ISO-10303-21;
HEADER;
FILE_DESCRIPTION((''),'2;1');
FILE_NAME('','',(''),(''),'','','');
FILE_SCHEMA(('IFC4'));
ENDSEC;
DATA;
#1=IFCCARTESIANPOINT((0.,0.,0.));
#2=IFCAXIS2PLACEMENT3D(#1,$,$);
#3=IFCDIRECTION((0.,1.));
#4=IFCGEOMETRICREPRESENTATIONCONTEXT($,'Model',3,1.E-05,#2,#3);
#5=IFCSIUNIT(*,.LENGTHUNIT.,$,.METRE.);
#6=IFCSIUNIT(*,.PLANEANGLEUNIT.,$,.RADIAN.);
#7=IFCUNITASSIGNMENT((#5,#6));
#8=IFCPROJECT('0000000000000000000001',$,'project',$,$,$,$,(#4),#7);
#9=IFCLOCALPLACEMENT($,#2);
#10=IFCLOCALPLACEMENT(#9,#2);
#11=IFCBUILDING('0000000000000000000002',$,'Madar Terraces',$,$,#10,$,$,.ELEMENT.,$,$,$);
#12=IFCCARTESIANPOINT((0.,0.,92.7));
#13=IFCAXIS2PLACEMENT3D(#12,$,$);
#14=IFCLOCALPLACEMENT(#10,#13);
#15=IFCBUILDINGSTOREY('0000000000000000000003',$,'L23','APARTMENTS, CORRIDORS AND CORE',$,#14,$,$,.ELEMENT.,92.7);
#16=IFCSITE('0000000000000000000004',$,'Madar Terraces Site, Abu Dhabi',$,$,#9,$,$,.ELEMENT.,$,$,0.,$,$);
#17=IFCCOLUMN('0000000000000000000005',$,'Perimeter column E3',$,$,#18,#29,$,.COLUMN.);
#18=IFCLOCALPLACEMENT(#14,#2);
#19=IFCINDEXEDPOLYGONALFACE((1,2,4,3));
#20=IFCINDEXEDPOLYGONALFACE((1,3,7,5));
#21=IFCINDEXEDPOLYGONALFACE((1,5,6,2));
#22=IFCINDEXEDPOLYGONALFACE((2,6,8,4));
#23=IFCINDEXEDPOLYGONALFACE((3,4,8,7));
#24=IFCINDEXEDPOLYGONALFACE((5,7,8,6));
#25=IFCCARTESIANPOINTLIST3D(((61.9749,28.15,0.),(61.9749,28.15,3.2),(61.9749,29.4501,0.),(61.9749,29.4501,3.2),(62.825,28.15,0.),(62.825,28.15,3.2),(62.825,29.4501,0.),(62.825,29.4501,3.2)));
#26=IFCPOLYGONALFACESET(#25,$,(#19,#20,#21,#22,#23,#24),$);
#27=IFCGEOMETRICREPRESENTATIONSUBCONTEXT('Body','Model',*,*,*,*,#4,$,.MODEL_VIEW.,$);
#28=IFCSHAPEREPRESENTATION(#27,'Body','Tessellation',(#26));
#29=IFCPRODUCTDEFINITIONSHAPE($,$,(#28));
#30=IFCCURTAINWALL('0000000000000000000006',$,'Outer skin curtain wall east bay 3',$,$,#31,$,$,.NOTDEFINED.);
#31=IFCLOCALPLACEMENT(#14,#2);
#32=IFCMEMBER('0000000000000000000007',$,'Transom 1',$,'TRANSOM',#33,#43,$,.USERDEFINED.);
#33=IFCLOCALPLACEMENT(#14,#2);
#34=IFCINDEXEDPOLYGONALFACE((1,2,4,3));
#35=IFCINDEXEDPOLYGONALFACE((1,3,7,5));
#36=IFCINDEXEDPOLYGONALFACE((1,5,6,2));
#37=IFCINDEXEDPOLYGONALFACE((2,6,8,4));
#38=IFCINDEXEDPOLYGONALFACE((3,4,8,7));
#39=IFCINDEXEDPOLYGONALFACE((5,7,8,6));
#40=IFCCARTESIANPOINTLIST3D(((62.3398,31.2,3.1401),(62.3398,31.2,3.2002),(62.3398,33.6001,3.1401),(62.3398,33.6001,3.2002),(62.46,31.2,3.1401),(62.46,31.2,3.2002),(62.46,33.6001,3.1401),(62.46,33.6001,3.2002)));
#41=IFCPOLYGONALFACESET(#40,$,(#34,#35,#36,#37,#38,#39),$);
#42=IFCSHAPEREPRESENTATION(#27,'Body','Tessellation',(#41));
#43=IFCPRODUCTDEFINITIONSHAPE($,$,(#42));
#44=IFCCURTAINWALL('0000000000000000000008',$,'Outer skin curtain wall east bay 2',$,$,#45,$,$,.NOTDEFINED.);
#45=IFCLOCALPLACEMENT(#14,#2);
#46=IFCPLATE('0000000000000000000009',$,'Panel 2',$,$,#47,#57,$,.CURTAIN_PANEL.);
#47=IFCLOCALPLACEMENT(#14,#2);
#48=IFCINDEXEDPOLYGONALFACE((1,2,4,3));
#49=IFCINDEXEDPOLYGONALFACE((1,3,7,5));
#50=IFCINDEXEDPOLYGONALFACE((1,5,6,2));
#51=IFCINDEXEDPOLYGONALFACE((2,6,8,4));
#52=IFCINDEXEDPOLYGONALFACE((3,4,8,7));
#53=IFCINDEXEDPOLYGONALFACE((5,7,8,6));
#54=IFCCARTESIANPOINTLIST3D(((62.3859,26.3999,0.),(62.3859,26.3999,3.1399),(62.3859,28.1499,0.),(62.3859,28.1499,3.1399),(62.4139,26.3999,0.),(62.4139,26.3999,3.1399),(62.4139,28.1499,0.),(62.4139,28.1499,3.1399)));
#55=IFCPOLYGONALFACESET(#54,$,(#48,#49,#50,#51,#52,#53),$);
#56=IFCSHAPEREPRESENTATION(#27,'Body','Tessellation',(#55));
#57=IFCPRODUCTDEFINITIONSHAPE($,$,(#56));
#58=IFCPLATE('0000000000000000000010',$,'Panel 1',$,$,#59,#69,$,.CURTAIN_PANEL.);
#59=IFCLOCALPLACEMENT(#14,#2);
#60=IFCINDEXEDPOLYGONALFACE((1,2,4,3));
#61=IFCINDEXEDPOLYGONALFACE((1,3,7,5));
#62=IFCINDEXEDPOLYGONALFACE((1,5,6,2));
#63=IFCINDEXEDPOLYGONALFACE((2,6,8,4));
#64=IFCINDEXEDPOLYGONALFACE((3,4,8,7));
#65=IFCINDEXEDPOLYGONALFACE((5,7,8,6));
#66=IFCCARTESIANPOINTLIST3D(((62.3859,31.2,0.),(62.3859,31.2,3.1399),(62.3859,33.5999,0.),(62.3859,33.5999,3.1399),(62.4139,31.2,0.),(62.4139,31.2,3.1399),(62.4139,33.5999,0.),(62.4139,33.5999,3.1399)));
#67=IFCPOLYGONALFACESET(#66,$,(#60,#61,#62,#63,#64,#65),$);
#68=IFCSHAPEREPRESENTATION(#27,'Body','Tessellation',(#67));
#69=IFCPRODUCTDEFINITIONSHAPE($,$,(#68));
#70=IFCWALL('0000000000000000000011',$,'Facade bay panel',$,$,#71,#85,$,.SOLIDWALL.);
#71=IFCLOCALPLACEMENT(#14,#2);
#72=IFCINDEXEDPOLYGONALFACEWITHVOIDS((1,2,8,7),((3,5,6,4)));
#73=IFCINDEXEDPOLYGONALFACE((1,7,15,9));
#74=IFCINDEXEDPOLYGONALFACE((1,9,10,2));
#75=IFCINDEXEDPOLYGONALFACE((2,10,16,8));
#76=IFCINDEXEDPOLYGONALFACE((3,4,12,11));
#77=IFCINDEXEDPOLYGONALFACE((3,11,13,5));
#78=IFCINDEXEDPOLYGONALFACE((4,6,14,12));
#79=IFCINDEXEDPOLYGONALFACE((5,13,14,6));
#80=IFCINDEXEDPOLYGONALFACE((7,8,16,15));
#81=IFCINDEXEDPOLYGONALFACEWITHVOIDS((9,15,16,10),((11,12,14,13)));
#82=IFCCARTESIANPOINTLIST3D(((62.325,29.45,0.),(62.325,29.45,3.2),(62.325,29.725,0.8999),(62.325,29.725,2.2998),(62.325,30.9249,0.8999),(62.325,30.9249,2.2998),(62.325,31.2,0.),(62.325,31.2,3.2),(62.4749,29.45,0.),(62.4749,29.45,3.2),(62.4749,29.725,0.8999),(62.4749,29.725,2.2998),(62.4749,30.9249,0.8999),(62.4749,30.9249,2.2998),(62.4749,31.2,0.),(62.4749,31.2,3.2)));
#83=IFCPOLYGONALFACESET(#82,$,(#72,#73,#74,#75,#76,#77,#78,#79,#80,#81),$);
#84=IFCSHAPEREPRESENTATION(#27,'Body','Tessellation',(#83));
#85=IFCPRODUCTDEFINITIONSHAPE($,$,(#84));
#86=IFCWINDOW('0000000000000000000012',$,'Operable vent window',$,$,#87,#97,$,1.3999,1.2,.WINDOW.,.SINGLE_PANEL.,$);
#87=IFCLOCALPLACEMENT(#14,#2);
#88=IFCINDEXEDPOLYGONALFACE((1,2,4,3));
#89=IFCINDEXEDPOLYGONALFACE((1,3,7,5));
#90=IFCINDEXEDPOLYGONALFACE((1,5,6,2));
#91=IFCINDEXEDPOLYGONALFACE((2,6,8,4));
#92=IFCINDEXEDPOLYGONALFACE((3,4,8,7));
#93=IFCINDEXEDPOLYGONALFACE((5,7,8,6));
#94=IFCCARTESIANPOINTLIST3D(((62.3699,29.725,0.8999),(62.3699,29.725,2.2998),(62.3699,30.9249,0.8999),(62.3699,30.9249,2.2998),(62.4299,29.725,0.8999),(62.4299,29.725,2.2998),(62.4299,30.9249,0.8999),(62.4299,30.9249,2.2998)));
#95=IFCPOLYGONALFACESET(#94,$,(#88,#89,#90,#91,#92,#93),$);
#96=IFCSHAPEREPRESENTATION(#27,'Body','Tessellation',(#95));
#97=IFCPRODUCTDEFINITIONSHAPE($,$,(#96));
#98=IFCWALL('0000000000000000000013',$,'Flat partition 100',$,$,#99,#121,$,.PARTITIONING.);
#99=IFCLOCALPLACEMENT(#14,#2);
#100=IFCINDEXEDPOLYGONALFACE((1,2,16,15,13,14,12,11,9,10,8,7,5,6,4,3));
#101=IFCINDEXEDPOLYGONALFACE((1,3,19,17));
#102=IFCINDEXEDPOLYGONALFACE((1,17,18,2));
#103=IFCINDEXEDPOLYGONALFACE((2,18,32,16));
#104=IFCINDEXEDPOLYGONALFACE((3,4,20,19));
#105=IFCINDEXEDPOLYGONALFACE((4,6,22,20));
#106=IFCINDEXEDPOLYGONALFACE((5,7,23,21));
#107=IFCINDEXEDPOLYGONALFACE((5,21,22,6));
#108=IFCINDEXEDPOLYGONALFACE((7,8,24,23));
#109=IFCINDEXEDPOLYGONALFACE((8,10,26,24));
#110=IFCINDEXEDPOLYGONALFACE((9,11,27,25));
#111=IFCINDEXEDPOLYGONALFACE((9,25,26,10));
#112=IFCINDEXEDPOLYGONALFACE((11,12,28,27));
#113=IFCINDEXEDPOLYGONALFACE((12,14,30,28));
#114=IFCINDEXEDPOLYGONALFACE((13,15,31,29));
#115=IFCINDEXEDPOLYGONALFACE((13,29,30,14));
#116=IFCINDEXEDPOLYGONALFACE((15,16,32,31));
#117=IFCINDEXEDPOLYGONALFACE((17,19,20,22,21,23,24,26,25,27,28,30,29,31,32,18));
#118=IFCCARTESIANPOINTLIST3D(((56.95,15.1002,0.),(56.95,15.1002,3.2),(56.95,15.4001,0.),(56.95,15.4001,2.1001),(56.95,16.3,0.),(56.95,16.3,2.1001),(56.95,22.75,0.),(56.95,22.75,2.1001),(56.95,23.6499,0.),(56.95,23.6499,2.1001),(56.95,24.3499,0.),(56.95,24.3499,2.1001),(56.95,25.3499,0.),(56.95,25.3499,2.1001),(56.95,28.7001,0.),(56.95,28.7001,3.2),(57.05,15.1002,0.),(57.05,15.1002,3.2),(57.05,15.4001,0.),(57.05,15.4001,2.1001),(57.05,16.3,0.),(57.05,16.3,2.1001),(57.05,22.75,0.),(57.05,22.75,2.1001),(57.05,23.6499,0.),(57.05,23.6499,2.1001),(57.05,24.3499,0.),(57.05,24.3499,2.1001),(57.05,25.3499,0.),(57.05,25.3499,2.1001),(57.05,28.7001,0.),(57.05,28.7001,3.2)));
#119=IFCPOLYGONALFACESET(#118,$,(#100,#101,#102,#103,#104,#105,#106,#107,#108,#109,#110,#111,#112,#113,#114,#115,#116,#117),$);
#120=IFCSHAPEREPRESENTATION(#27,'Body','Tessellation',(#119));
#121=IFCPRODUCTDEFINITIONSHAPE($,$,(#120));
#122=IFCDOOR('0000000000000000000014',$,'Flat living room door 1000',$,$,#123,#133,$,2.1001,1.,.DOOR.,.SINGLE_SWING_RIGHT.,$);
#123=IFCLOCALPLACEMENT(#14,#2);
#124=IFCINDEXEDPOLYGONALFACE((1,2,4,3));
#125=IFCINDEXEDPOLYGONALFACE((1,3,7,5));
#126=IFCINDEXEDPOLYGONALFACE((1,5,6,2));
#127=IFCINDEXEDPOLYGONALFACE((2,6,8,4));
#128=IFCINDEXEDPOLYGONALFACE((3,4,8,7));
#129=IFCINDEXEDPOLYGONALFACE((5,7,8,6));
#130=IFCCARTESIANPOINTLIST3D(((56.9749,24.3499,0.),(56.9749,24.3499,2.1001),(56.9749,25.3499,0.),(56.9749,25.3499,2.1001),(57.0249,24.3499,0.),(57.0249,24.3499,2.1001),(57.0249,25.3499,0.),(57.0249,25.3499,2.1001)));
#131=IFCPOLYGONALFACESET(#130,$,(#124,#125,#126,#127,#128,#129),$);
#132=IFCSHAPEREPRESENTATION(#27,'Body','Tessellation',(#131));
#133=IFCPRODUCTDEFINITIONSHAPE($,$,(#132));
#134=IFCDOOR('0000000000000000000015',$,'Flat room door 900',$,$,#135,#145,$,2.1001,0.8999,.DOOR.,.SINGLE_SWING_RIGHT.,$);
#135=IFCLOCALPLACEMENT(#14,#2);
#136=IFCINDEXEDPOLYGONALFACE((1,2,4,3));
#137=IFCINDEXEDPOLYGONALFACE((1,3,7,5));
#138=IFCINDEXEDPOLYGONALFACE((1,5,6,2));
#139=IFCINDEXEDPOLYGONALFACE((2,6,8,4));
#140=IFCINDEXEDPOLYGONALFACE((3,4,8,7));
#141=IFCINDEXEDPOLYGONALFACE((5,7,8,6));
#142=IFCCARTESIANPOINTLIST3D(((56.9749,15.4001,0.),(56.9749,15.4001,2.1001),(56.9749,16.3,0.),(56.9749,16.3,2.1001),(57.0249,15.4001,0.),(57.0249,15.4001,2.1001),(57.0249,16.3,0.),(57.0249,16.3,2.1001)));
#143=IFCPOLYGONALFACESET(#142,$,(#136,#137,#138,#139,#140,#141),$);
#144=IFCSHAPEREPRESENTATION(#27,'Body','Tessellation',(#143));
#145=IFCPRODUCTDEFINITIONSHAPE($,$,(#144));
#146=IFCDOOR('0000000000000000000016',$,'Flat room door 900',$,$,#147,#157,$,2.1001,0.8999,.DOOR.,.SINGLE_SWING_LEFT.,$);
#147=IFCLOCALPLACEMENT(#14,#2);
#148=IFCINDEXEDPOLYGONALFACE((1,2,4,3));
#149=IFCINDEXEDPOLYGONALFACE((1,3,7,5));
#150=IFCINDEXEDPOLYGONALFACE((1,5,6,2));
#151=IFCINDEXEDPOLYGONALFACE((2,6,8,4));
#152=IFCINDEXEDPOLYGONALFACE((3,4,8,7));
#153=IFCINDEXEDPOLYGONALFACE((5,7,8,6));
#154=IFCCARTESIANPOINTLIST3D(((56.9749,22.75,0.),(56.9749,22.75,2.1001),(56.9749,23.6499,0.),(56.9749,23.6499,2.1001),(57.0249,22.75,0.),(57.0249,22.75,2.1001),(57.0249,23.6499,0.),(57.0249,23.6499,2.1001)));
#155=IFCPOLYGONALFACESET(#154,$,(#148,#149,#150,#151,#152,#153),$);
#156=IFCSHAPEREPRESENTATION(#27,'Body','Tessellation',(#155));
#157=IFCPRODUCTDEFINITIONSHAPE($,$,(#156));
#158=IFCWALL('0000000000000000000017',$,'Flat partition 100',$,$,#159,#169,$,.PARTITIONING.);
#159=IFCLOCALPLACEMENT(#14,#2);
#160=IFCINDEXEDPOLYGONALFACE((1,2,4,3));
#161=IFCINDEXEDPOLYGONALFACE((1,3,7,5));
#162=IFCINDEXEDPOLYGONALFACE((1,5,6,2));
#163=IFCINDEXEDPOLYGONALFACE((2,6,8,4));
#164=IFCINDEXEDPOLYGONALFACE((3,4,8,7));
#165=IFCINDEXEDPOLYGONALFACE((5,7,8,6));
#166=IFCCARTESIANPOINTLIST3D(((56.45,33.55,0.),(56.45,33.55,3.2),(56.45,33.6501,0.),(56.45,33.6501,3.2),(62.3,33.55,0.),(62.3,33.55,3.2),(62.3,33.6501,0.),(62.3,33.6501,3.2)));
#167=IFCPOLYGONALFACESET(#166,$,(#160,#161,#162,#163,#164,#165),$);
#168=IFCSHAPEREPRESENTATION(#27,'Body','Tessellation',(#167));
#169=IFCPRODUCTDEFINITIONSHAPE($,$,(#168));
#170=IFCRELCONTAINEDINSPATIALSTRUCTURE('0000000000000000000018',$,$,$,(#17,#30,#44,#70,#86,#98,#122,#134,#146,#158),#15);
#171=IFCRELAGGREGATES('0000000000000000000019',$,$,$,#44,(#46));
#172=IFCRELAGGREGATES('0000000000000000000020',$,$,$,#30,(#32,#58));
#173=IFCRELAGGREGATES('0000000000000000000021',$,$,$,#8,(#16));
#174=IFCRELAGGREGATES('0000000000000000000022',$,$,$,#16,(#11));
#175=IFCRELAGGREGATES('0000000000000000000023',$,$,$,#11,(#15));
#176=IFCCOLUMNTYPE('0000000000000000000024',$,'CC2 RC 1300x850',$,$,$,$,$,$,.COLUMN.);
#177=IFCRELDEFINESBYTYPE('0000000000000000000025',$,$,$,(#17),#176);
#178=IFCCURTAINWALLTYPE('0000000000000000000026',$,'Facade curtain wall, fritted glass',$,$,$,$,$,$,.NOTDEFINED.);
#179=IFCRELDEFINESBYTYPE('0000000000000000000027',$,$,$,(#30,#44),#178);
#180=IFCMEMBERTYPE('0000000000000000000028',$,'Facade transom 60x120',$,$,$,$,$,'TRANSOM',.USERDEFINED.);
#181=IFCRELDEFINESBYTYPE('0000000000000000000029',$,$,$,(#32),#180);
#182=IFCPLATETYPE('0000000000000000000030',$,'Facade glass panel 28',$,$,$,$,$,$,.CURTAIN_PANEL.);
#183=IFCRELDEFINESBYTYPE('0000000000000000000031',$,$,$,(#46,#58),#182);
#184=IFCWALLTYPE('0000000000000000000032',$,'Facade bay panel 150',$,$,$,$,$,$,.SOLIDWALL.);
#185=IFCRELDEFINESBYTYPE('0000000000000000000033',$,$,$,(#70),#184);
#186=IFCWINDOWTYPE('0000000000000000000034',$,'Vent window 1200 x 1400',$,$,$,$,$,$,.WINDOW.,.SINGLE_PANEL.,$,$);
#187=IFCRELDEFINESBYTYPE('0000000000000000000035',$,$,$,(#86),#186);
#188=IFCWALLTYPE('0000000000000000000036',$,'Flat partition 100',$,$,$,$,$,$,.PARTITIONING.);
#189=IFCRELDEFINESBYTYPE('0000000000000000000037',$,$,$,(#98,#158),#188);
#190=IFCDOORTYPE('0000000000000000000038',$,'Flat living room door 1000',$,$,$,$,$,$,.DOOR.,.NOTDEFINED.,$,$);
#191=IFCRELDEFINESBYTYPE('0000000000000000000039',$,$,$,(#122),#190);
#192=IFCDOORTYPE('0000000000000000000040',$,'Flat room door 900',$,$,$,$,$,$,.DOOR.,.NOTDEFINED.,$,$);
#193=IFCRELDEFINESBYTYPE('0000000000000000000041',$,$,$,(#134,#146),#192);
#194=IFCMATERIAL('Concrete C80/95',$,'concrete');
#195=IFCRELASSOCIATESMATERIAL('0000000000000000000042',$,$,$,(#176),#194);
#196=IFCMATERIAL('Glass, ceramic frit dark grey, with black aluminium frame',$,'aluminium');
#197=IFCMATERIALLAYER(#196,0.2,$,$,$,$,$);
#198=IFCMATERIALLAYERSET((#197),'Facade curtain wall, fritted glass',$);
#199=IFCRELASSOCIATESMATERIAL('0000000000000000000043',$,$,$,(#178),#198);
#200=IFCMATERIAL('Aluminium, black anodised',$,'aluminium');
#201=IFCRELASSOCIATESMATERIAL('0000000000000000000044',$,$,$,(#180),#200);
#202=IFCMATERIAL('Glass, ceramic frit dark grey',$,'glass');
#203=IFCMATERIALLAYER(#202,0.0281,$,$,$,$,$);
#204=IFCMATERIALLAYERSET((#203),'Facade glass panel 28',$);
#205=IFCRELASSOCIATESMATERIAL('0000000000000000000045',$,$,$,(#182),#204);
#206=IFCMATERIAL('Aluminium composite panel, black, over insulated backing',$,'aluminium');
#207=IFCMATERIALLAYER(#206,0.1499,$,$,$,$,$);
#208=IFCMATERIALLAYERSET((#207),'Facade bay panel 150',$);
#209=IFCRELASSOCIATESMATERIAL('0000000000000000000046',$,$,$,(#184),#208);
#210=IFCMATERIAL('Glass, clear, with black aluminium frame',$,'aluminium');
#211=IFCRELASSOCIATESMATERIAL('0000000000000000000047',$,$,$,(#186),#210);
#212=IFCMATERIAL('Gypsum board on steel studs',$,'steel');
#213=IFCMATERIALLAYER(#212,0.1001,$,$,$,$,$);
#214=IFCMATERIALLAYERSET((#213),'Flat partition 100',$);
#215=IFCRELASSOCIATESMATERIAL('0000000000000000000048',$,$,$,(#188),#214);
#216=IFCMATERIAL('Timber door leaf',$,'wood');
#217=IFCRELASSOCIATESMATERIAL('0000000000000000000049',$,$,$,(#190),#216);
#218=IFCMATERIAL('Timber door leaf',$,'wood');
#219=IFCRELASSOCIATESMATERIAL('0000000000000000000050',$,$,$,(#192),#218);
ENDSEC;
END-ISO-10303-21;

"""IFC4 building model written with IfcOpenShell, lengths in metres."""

from ifc_helpers import new_model, si_unit, direction, frame, frame_2d, origin, origin_2d, place, context, subcontext, project, spatial, rectangle, extrude, material, layer, layer_set, material_profile, profile_set, type_object, element, fill, aggregate, save


model = new_model("IFC4")

# Units and contexts
model_context = context("Model", 3, precision=1e-05, world=origin(), true_north=direction((0.0, 1.0)))
body_context = subcontext(model_context, "Body", "Model", "MODEL_VIEW")
ifc_project = project(units=[si_unit("LENGTHUNIT", "METRE"), si_unit("PLANEANGLEUNIT", "RADIAN")], contexts=[model_context])

# Site, building, storey
site_placement = place(None, origin())
site = spatial("IfcSite", under=ifc_project, at=site_placement, Name="Madar Terraces Site, Abu Dhabi", CompositionType="ELEMENT", RefElevation=0.0)
building_placement = place(site_placement, origin())
building = spatial("IfcBuilding", under=site, at=building_placement, Name="Madar Terraces", CompositionType="ELEMENT")
storey_placement = place(building_placement, frame((0.0, 0.0, 92.7)))
storey = spatial("IfcBuildingStorey", under=building, at=storey_placement, Name="L23", Description="APARTMENTS, CORRIDORS AND CORE", CompositionType="ELEMENT", Elevation=92.7)

# Column
ifc_material_1 = material(Name="Concrete C80/95", Category="concrete")
ifc_material_profile_1 = material_profile(ifc_material_1, rectangle(XDim=1.3, YDim=0.8501, at=origin_2d()), Name="CC2 RC 1300x850")
ifc_profile_set_1 = profile_set([ifc_material_profile_1], Name="Concrete C80/95")
column_type = type_object("IfcColumnType", Name="CC2 RC 1300x850", PredefinedType="COLUMN", material=ifc_profile_set_1)
column_placement = place(storey_placement, frame((62.3999, 28.8, 0.0), z_axis=(0.0, 0.0, 1.0), x_axis=(0.0, 1.0, 0.0)))
element("IfcColumn", 1, at=column_placement, inside=storey, type_object=column_type, Name="Perimeter column E3", PredefinedType="COLUMN", context=body_context, shape_type="SweptSolid", body=[
    extrude(rectangle(XDim=1.3, YDim=0.8501, at=origin_2d()), origin(), (0.0, 0.0, 1.0), 3.2),
])

# Curtain wall, member
ifc_material_2 = material(Name="Glass, ceramic frit dark grey, with black aluminium frame", Category="aluminium")
ifc_layer_1 = layer(ifc_material_2, 0.2)
ifc_layer_set_1 = layer_set([ifc_layer_1], Name="Facade curtain wall, fritted glass")
curtain_wall_type = type_object("IfcCurtainWallType", Name="Facade curtain wall, fritted glass", PredefinedType="NOTDEFINED", material=ifc_layer_set_1)
curtain_wall_1_placement = place(storey_placement, origin())
curtain_wall_1 = element("IfcCurtainWall", 2, at=curtain_wall_1_placement, inside=storey, type_object=curtain_wall_type, Name="Outer skin curtain wall east bay 3", PredefinedType="NOTDEFINED")
ifc_material_3 = material(Name="Aluminium, black anodised", Category="aluminium")
ifc_material_profile_2 = material_profile(ifc_material_3, rectangle(XDim=0.1201, YDim=0.0601, at=origin_2d()), Name="Facade transom 60x120")
ifc_profile_set_2 = profile_set([ifc_material_profile_2], Name="Aluminium, black anodised")
member_type = type_object("IfcMemberType", Name="Facade transom 60x120", ElementType="TRANSOM", PredefinedType="USERDEFINED", material=ifc_profile_set_2)
member_placement = place(storey_placement, frame((62.3999, 31.2, 3.1702), z_axis=(0.0, 1.0, 0.0), x_axis=(-1.0, 0.0, 0.0)))
member = element("IfcMember", 3, at=member_placement, type_object=member_type, Name="Transom 1", ObjectType="TRANSOM", PredefinedType="USERDEFINED", context=body_context, shape_type="SweptSolid", body=[
    extrude(rectangle(XDim=0.1201, YDim=0.0601, at=origin_2d()), origin(), (0.0, 0.0, 1.0), 2.4001),
])

# Curtain wall, plate
curtain_wall_2_placement = place(storey_placement, origin())
curtain_wall_2 = element("IfcCurtainWall", 4, at=curtain_wall_2_placement, inside=storey, type_object=curtain_wall_type, Name="Outer skin curtain wall east bay 2", PredefinedType="NOTDEFINED")
ifc_material_4 = material(Name="Glass, ceramic frit dark grey", Category="glass")
ifc_layer_2 = layer(ifc_material_4, 0.0281)
ifc_layer_set_2 = layer_set([ifc_layer_2], Name="Facade glass panel 28")
plate_type = type_object("IfcPlateType", Name="Facade glass panel 28", PredefinedType="CURTAIN_PANEL", material=ifc_layer_set_2)
plate_1_placement = place(storey_placement, frame((62.3999, 27.2749, 0.0), z_axis=(0.0, 0.0, 1.0), x_axis=(0.0, 1.0, 0.0)))
plate_1 = element("IfcPlate", 5, at=plate_1_placement, type_object=plate_type, Name="Panel 2", PredefinedType="CURTAIN_PANEL", context=body_context, shape_type="SweptSolid", body=[
    extrude(rectangle(XDim=1.75, YDim=0.0281, at=origin_2d()), origin(), (0.0, 0.0, 1.0), 3.1399),
])
aggregate(curtain_wall_2, [plate_1])

# Plate
plate_2_placement = place(storey_placement, frame((62.3999, 32.3999, 0.0), z_axis=(0.0, 0.0, 1.0), x_axis=(0.0, 1.0, 0.0)))
plate_2 = element("IfcPlate", 6, at=plate_2_placement, type_object=plate_type, Name="Panel 1", PredefinedType="CURTAIN_PANEL", context=body_context, shape_type="SweptSolid", body=[
    extrude(rectangle(XDim=2.3999, YDim=0.0281, at=origin_2d()), origin(), (0.0, 0.0, 1.0), 3.1399),
])
aggregate(curtain_wall_1, [member, plate_2])

# Wall, opening, window
ifc_material_5 = material(Name="Aluminium composite panel, black, over insulated backing", Category="aluminium")
ifc_layer_3 = layer(ifc_material_5, 0.1499)
ifc_layer_set_3 = layer_set([ifc_layer_3], Name="Facade bay panel 150")
wall_type_1 = type_object("IfcWallType", Name="Facade bay panel 150", PredefinedType="SOLIDWALL", material=ifc_layer_set_3)
wall_1_placement = place(storey_placement, frame((62.3999, 29.45, 0.0), z_axis=(0.0, 0.0, 1.0), x_axis=(0.0, 1.0, 0.0)))
wall_1 = element("IfcWall", 7, at=wall_1_placement, inside=storey, type_object=wall_type_1, Name="Facade bay panel", PredefinedType="SOLIDWALL", context=body_context, shape_type="SweptSolid", body=[
    extrude(rectangle(XDim=1.75, YDim=0.1499, at=frame_2d((0.875, 0.0))), origin(), (0.0, 0.0, 1.0), 3.2),
])
opening_1_placement = place(wall_1_placement, frame((0.2749, 0.0, 0.8999)))
opening_1 = element("IfcOpeningElement", 8, at=opening_1_placement, cuts=wall_1, PredefinedType="OPENING", context=body_context, shape_type="SweptSolid", body=[
    extrude(rectangle(XDim=1.2, YDim=1.3999, at=frame_2d((0.6001, 0.7))), frame((0.0, 0.085, 0.0), z_axis=(0.0, -1.0, 0.0), x_axis=(1.0, 0.0, 0.0)), (0.0, 0.0, 1.0), 0.1699),
])
ifc_material_6 = material(Name="Glass, clear, with black aluminium frame", Category="aluminium")
window_type = type_object("IfcWindowType", Name="Vent window 1200 x 1400", PartitioningType="SINGLE_PANEL", PredefinedType="WINDOW", material=ifc_material_6)
window_placement = place(opening_1_placement, origin())
window = element("IfcWindow", 9, at=window_placement, inside=storey, type_object=window_type, Name="Operable vent window", OverallHeight=1.3999, OverallWidth=1.2, PartitioningType="SINGLE_PANEL", PredefinedType="WINDOW", context=body_context, shape_type="SweptSolid", body=[
    extrude(rectangle(XDim=1.2, YDim=1.3999, at=frame_2d((0.6001, 0.7))), frame((0.0, 0.03, 0.0), z_axis=(0.0, -1.0, 0.0), x_axis=(1.0, 0.0, 0.0)), (0.0, 0.0, 1.0), 0.0601),
])
fill(opening_1, window)

# Wall, openings, doors
ifc_material_7 = material(Name="Gypsum board on steel studs", Category="steel")
ifc_layer_4 = layer(ifc_material_7, 0.1001)
ifc_layer_set_4 = layer_set([ifc_layer_4], Name="Flat partition 100")
wall_type_2 = type_object("IfcWallType", Name="Flat partition 100", PredefinedType="PARTITIONING", material=ifc_layer_set_4)
wall_2_placement = place(storey_placement, frame((57.0, 28.7, 0.0), z_axis=(0.0, 0.0, 1.0), x_axis=(0.0, -1.0, 0.0)))
wall_2 = element("IfcWall", 10, at=wall_2_placement, inside=storey, type_object=wall_type_2, Name="Flat partition 100", PredefinedType="PARTITIONING", context=body_context, shape_type="SweptSolid", body=[
    extrude(rectangle(XDim=13.5999, YDim=0.1001, at=frame_2d((6.7998, 0.0))), origin(), (0.0, 0.0, 1.0), 3.2),
])
opening_2_placement = place(wall_2_placement, frame((12.3999, 0.0, 0.0)))
opening_2 = element("IfcOpeningElement", 11, at=opening_2_placement, cuts=wall_2, PredefinedType="OPENING", context=body_context, shape_type="SweptSolid", body=[
    extrude(rectangle(XDim=0.8999, YDim=2.1001, at=frame_2d((0.45, 1.05))), frame((0.0, 0.0601, 0.0), z_axis=(0.0, -1.0, 0.0), x_axis=(1.0, 0.0, 0.0)), (0.0, 0.0, 1.0), 0.1201),
])
opening_3_placement = place(wall_2_placement, frame((5.05, 0.0, 0.0)))
opening_3 = element("IfcOpeningElement", 12, at=opening_3_placement, cuts=wall_2, PredefinedType="OPENING", context=body_context, shape_type="SweptSolid", body=[
    extrude(rectangle(XDim=0.8999, YDim=2.1001, at=frame_2d((0.45, 1.05))), frame((0.0, 0.0601, 0.0), z_axis=(0.0, -1.0, 0.0), x_axis=(1.0, 0.0, 0.0)), (0.0, 0.0, 1.0), 0.1201),
])
opening_4_placement = place(wall_2_placement, frame((3.3501, 0.0, 0.0)))
opening_4 = element("IfcOpeningElement", 13, at=opening_4_placement, cuts=wall_2, PredefinedType="OPENING", context=body_context, shape_type="SweptSolid", body=[
    extrude(rectangle(XDim=1.0, YDim=2.1001, at=frame_2d((0.5, 1.05))), frame((0.0, 0.0601, 0.0), z_axis=(0.0, -1.0, 0.0), x_axis=(1.0, 0.0, 0.0)), (0.0, 0.0, 1.0), 0.1201),
])
ifc_material_8 = material(Name="Timber door leaf", Category="wood")
door_type_1 = type_object("IfcDoorType", Name="Flat living room door 1000", OperationType="NOTDEFINED", PredefinedType="DOOR", material=ifc_material_8)
door_1_placement = place(opening_4_placement, origin())
door_1 = element("IfcDoor", 14, at=door_1_placement, inside=storey, type_object=door_type_1, Name="Flat living room door 1000", OperationType="SINGLE_SWING_RIGHT", OverallHeight=2.1001, OverallWidth=1.0, PredefinedType="DOOR", context=body_context, shape_type="SweptSolid", body=[
    extrude(rectangle(XDim=1.0, YDim=2.1001, at=frame_2d((0.5, 1.05))), frame((0.0, 0.0249, 0.0), z_axis=(0.0, -1.0, 0.0), x_axis=(1.0, 0.0, 0.0)), (0.0, 0.0, 1.0), 0.05),
])
fill(opening_4, door_1)
ifc_material_9 = material(Name="Timber door leaf", Category="wood")
door_type_2 = type_object("IfcDoorType", Name="Flat room door 900", OperationType="NOTDEFINED", PredefinedType="DOOR", material=ifc_material_9)
door_2_placement = place(opening_2_placement, origin())
door_2 = element("IfcDoor", 15, at=door_2_placement, inside=storey, type_object=door_type_2, Name="Flat room door 900", OperationType="SINGLE_SWING_RIGHT", OverallHeight=2.1001, OverallWidth=0.8999, PredefinedType="DOOR", context=body_context, shape_type="SweptSolid", body=[
    extrude(rectangle(XDim=0.8999, YDim=2.1001, at=frame_2d((0.45, 1.05))), frame((0.0, 0.0249, 0.0), z_axis=(0.0, -1.0, 0.0), x_axis=(1.0, 0.0, 0.0)), (0.0, 0.0, 1.0), 0.05),
])
fill(opening_2, door_2)
door_3_placement = place(opening_3_placement, origin())
door_3 = element("IfcDoor", 16, at=door_3_placement, inside=storey, type_object=door_type_2, Name="Flat room door 900", OperationType="SINGLE_SWING_LEFT", OverallHeight=2.1001, OverallWidth=0.8999, PredefinedType="DOOR", context=body_context, shape_type="SweptSolid", body=[
    extrude(rectangle(XDim=0.8999, YDim=2.1001, at=frame_2d((0.45, 1.05))), frame((0.0, 0.0249, 0.0), z_axis=(0.0, -1.0, 0.0), x_axis=(1.0, 0.0, 0.0)), (0.0, 0.0, 1.0), 0.05),
])
fill(opening_3, door_3)

# Wall
wall_3_placement = place(storey_placement, frame((56.45, 33.6001, 0.0), z_axis=(0.0, 0.0, 1.0), x_axis=(1.0, 0.0, 0.0)))
element("IfcWall", 17, at=wall_3_placement, inside=storey, type_object=wall_type_2, Name="Flat partition 100", PredefinedType="PARTITIONING", context=body_context, shape_type="SweptSolid", body=[
    extrude(rectangle(XDim=5.8501, YDim=0.1001, at=frame_2d((2.925, 0.0))), origin(), (0.0, 0.0, 1.0), 3.2),
])

save(model, "model.ifc")
